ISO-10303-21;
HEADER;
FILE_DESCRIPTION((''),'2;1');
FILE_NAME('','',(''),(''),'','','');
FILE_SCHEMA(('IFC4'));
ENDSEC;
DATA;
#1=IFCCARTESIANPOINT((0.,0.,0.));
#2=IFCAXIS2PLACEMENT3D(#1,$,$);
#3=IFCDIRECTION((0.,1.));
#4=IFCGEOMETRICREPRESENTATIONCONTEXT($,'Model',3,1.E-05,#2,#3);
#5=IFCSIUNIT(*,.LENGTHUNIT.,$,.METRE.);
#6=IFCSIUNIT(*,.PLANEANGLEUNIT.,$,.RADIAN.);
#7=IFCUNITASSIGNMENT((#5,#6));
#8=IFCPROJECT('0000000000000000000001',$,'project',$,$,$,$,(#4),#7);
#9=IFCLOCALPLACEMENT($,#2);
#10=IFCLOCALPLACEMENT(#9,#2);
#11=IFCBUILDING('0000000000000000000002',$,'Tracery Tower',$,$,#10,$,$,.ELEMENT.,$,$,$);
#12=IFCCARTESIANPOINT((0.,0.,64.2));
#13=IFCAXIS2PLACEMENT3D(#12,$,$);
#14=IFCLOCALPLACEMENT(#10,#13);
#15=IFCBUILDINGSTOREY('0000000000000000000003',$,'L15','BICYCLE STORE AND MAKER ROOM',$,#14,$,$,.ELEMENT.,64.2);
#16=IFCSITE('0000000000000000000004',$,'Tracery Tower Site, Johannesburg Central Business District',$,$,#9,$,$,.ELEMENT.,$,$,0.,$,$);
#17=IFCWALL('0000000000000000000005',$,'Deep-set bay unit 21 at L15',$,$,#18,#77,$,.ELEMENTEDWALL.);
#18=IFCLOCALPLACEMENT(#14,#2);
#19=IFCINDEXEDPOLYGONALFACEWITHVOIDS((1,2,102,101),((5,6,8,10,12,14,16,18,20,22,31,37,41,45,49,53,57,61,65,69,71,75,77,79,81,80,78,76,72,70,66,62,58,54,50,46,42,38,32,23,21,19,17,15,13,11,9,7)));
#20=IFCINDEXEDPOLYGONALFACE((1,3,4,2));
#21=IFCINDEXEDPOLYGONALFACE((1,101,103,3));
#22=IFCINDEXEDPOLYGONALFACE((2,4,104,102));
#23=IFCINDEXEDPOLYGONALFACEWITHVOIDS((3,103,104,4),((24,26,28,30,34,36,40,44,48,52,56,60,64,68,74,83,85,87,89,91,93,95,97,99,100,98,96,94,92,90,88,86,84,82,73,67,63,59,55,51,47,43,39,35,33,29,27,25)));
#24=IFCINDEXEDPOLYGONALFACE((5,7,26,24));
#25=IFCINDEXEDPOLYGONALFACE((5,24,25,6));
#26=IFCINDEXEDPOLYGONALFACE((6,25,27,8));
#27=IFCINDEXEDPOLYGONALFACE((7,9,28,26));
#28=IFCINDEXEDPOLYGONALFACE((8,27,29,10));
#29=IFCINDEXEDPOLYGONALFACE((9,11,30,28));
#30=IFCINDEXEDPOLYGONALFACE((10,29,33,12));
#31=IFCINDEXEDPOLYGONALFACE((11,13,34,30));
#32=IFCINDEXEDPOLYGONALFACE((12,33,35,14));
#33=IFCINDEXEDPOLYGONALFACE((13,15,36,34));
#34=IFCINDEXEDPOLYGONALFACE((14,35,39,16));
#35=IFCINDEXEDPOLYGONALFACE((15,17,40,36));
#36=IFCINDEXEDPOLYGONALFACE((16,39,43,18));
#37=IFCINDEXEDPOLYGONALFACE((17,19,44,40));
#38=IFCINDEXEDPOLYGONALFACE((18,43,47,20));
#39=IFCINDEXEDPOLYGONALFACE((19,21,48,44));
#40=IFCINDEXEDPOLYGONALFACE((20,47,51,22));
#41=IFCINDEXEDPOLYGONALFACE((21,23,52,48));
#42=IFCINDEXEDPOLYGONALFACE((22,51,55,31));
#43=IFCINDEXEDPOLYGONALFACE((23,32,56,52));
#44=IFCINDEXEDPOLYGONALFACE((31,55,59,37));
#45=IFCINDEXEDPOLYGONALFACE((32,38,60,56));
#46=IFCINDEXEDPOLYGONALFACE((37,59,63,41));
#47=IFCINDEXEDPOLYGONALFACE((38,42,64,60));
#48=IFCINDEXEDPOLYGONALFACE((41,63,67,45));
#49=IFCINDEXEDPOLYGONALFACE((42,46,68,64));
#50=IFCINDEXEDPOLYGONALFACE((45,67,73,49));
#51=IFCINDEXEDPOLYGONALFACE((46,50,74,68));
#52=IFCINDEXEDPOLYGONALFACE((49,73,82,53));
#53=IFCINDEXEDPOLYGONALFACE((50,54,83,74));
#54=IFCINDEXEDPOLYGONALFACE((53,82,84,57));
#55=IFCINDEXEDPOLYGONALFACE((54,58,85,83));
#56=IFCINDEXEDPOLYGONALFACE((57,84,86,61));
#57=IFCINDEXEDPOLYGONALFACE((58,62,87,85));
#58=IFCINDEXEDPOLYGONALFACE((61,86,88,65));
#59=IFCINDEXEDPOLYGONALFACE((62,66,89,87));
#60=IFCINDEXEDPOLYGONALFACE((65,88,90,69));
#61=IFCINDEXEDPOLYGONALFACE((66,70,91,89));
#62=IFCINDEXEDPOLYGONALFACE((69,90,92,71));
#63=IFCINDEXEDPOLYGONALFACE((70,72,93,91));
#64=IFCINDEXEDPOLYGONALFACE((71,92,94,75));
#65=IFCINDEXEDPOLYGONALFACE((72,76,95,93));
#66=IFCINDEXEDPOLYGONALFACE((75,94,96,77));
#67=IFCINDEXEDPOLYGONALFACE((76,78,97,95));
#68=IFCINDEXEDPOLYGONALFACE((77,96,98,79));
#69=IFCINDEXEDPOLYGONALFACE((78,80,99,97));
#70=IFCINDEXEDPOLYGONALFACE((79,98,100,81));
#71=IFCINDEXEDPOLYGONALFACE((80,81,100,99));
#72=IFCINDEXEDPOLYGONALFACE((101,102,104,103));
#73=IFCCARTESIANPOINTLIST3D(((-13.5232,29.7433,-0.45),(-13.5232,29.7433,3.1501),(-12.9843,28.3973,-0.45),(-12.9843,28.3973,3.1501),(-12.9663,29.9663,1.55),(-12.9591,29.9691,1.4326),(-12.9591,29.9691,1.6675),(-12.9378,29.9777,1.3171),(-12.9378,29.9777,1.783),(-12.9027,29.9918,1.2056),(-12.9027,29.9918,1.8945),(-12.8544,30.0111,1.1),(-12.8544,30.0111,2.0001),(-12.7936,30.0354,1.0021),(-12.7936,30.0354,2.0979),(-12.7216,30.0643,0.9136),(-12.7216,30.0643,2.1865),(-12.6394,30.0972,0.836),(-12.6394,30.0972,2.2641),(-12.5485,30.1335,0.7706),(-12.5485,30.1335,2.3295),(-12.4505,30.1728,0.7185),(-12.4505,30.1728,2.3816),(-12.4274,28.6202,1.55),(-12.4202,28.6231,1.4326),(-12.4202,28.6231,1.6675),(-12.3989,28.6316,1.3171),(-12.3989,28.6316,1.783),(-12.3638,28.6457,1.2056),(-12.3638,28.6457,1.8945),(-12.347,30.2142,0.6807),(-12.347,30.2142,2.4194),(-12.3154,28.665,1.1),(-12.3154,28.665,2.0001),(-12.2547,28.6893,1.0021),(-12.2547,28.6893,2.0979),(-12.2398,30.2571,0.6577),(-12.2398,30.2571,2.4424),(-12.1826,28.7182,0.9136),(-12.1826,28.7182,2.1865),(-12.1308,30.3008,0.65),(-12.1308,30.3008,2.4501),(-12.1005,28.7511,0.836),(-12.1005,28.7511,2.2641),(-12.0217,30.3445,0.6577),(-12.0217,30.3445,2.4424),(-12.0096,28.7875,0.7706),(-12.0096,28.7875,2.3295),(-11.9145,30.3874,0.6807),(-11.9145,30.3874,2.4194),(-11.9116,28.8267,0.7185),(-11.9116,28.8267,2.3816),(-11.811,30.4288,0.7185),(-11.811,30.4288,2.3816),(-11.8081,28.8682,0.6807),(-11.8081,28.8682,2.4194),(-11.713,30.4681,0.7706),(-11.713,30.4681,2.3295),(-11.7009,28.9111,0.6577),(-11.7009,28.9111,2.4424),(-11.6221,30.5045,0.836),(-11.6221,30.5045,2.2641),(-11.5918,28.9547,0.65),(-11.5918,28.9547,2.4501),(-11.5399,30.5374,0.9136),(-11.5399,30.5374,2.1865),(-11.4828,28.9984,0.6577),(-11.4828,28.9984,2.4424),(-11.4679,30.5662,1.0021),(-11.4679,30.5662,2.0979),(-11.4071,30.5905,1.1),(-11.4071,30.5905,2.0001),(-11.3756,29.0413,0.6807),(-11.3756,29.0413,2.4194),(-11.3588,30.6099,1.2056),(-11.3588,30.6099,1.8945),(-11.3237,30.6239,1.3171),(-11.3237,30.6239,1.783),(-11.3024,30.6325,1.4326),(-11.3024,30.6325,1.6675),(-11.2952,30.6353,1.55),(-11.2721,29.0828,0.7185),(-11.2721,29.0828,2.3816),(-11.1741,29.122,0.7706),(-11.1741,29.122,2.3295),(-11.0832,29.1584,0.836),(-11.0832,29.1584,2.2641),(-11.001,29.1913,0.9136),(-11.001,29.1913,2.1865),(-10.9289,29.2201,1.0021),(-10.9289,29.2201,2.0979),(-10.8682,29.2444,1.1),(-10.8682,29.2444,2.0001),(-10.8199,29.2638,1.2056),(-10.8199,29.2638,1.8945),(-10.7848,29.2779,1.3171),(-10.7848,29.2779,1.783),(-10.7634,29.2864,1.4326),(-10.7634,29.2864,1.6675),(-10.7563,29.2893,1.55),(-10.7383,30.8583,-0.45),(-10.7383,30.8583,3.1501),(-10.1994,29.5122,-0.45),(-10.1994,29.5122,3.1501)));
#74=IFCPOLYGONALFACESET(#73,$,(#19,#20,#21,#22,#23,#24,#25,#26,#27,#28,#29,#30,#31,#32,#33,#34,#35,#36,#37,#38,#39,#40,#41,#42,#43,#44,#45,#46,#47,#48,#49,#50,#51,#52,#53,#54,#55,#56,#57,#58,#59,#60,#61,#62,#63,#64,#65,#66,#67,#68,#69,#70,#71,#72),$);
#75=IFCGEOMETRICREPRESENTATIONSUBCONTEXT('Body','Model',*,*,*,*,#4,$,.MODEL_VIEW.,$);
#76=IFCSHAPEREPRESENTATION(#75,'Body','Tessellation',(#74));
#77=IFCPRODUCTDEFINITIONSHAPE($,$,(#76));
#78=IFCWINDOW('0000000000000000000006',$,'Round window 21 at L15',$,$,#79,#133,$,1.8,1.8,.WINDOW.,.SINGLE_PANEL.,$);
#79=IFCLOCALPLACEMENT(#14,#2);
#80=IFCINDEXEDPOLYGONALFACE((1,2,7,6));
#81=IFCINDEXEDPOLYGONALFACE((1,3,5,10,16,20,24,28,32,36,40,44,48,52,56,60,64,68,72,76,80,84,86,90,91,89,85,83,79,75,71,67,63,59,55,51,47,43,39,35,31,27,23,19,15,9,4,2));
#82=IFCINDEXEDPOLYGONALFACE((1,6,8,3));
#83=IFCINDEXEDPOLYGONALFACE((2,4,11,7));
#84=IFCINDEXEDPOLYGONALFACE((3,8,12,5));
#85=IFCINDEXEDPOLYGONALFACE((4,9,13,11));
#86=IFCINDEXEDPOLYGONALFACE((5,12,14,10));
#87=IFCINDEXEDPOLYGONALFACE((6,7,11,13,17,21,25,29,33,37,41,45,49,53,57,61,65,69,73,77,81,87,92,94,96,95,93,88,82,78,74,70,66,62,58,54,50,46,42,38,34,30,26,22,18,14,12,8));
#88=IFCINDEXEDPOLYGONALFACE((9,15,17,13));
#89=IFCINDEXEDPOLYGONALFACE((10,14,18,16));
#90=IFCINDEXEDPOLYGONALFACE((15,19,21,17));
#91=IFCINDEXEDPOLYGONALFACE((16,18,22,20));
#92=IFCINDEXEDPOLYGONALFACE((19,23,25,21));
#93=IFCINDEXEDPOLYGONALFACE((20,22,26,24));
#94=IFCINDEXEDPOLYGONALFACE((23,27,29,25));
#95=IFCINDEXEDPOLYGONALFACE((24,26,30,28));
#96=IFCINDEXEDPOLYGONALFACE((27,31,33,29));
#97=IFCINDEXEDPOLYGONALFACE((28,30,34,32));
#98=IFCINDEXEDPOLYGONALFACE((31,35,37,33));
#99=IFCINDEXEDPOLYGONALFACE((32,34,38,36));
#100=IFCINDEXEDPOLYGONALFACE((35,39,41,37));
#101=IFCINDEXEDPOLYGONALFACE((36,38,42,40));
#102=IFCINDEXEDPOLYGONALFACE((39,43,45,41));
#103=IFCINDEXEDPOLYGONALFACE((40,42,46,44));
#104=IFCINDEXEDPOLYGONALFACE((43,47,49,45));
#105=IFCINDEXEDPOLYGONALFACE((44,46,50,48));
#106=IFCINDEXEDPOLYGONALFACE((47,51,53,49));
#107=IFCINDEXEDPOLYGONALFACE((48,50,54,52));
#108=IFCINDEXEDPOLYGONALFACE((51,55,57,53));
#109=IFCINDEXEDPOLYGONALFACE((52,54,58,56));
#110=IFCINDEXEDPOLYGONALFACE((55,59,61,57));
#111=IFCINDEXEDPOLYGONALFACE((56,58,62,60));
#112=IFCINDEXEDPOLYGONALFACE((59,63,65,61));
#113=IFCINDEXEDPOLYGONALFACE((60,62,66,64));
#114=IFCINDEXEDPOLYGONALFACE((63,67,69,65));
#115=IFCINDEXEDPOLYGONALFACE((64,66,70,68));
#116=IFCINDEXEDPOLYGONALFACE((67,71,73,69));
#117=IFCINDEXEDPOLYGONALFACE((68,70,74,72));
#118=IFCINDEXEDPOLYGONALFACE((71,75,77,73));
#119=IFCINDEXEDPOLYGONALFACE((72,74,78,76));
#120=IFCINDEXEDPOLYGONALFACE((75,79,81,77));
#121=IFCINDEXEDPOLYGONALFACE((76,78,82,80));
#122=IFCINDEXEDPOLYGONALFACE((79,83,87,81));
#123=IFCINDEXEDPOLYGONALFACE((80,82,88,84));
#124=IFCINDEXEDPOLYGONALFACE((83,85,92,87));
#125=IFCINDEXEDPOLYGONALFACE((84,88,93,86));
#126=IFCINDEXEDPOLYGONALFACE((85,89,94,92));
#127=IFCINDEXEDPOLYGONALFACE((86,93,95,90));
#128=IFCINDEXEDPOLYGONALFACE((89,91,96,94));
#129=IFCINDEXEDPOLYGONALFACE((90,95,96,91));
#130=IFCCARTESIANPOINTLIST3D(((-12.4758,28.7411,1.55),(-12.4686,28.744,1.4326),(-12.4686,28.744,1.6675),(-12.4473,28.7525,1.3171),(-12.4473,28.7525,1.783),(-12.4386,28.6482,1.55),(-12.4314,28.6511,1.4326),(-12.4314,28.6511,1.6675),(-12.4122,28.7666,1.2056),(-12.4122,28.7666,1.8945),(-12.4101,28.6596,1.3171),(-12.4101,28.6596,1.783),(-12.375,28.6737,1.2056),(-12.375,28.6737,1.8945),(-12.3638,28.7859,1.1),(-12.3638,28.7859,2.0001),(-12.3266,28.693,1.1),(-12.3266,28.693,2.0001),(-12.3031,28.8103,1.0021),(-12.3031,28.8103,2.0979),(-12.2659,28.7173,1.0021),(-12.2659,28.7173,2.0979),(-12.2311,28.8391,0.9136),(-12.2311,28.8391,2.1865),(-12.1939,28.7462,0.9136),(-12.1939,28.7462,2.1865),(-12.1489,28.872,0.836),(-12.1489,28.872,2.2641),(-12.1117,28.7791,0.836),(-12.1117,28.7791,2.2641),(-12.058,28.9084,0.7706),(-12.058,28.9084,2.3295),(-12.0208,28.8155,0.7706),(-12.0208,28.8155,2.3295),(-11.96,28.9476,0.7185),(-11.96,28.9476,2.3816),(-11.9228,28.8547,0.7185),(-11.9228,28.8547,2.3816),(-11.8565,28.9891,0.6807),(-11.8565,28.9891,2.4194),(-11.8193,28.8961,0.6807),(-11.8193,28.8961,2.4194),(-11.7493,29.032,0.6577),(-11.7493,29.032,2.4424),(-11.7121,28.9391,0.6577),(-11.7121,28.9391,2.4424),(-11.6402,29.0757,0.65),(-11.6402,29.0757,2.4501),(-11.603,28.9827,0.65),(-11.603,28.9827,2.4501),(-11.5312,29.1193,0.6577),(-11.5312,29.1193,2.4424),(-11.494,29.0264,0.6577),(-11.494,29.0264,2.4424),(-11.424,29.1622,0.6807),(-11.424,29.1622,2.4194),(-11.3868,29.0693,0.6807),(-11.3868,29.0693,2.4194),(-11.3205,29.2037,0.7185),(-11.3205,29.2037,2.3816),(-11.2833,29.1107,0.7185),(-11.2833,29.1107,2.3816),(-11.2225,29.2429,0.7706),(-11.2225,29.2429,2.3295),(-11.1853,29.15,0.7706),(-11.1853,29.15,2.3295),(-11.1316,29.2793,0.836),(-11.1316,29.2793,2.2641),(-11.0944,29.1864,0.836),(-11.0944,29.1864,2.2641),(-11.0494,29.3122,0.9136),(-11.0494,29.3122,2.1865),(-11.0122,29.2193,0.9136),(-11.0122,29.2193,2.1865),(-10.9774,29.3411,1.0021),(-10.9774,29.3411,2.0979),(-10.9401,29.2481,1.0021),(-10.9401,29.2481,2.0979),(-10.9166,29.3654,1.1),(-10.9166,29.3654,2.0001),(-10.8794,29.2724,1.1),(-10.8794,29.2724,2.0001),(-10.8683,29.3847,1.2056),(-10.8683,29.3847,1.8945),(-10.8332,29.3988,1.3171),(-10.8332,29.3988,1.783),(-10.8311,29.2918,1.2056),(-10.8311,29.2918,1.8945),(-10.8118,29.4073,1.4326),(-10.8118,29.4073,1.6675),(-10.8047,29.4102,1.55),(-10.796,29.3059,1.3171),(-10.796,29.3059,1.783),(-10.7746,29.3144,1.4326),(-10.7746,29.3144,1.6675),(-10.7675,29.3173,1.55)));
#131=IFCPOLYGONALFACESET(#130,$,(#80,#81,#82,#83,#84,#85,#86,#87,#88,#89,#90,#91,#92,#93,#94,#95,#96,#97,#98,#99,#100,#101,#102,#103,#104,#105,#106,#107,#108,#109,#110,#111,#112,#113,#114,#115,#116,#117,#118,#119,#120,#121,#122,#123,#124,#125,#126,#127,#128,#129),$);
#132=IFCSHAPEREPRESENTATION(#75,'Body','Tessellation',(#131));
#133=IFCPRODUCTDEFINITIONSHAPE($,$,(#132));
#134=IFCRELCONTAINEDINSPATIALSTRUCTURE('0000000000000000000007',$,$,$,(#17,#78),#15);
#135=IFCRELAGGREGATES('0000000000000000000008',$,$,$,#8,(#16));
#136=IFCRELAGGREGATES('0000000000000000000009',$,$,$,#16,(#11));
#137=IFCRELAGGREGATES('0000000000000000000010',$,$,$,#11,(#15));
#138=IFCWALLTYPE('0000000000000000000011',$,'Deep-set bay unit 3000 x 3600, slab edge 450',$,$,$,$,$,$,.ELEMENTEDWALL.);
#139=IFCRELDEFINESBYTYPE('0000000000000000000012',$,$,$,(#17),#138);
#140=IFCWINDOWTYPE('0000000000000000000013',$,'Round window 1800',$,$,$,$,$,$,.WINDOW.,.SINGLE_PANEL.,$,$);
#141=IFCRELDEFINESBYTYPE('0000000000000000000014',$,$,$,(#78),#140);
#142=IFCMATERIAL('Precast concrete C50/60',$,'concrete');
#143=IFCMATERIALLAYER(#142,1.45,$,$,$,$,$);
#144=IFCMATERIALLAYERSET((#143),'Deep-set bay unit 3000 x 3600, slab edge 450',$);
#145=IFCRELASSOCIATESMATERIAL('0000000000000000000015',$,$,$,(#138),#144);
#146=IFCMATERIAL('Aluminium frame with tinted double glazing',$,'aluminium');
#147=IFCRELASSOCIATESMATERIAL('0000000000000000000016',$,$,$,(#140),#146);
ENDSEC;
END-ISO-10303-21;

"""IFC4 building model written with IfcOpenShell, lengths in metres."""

from ifc_helpers import new_model, si_unit, direction, frame, frame_2d, origin, origin_2d, place, context, subcontext, project, spatial, rectangle, circle, extrude, material, layer, layer_set, type_object, element, fill, save


model = new_model("IFC4")

# Units and contexts
model_context = context("Model", 3, precision=1e-05, world=origin(), true_north=direction((0.0, 1.0)))
body_context = subcontext(model_context, "Body", "Model", "MODEL_VIEW")
ifc_project = project(units=[si_unit("LENGTHUNIT", "METRE"), si_unit("PLANEANGLEUNIT", "RADIAN")], contexts=[model_context])

# Site, building, storey
site_placement = place(None, origin())
site = spatial("IfcSite", under=ifc_project, at=site_placement, Name="Tracery Tower Site, Johannesburg Central Business District", CompositionType="ELEMENT", RefElevation=0.0)
building_placement = place(site_placement, origin())
building = spatial("IfcBuilding", under=site, at=building_placement, Name="Tracery Tower", CompositionType="ELEMENT")
storey_placement = place(building_placement, frame((0.0, 0.0, 64.2)))
storey = spatial("IfcBuildingStorey", under=building, at=storey_placement, Name="L15", Description="BICYCLE STORE AND MAKER ROOM", CompositionType="ELEMENT", Elevation=64.2)

# Wall, opening, window
ifc_material_1 = material(Name="Precast concrete C50/60", Category="concrete")
ifc_layer_1 = layer(ifc_material_1, 1.45)
ifc_layer_set_1 = layer_set([ifc_layer_1], Name="Deep-set bay unit 3000 x 3600, slab edge 450")
wall_type_1 = type_object("IfcWallType", Name="Deep-set bay unit 3000 x 3600, slab edge 450", PredefinedType="ELEMENTEDWALL", material=ifc_layer_set_1)
wall_1_placement = place(storey_placement, frame((-10.4688, 30.1853, -0.45), z_axis=(0.0, 0.0, 1.0), x_axis=(-0.928359, -0.371685, 0.0)))
wall_1 = element("IfcWall", 1, at=wall_1_placement, inside=storey, type_object=wall_type_1, Name="Deep-set bay unit 21 at L15", PredefinedType="ELEMENTEDWALL", context=body_context, shape_type="SweptSolid", body=[
    extrude(rectangle(XDim=2.9998, YDim=1.45, at=frame_2d((1.5, 0.0))), origin(), (0.0, 0.0, 1.0), 3.6001),
])
opening_1_placement = place(wall_1_placement, frame((1.5, 0.0, 2.0)))
opening_1 = element("IfcOpeningElement", 2, at=opening_1_placement, cuts=wall_1, PredefinedType="OPENING", context=body_context, shape_type="SweptSolid", body=[
    extrude(circle(Radius=0.9, at=origin_2d()), frame((0.0, 0.7349, 0.0), z_axis=(0.0, -1.0, 0.0), x_axis=(1.0, 0.0, 0.0)), (0.0, 0.0, 1.0), 1.47),
])
ifc_material_2 = material(Name="Aluminium frame with tinted double glazing", Category="aluminium")
window_type = type_object("IfcWindowType", Name="Round window 1800", PartitioningType="SINGLE_PANEL", PredefinedType="WINDOW", material=ifc_material_2)
window_1_placement = place(opening_1_placement, origin())
window_1 = element("IfcWindow", 3, at=window_1_placement, inside=storey, type_object=window_type, Name="Round window 21 at L15", OverallHeight=1.8, OverallWidth=1.8, PartitioningType="SINGLE_PANEL", PredefinedType="WINDOW", context=body_context, shape_type="SweptSolid", body=[
    extrude(circle(Radius=0.9, at=origin_2d()), frame((0.0, 0.6948, 0.0), z_axis=(0.0, -1.0, 0.0), x_axis=(1.0, 0.0, 0.0)), (0.0, 0.0, 1.0), 0.1001),
])
fill(opening_1, window_1)

save(model, "model.ifc")
